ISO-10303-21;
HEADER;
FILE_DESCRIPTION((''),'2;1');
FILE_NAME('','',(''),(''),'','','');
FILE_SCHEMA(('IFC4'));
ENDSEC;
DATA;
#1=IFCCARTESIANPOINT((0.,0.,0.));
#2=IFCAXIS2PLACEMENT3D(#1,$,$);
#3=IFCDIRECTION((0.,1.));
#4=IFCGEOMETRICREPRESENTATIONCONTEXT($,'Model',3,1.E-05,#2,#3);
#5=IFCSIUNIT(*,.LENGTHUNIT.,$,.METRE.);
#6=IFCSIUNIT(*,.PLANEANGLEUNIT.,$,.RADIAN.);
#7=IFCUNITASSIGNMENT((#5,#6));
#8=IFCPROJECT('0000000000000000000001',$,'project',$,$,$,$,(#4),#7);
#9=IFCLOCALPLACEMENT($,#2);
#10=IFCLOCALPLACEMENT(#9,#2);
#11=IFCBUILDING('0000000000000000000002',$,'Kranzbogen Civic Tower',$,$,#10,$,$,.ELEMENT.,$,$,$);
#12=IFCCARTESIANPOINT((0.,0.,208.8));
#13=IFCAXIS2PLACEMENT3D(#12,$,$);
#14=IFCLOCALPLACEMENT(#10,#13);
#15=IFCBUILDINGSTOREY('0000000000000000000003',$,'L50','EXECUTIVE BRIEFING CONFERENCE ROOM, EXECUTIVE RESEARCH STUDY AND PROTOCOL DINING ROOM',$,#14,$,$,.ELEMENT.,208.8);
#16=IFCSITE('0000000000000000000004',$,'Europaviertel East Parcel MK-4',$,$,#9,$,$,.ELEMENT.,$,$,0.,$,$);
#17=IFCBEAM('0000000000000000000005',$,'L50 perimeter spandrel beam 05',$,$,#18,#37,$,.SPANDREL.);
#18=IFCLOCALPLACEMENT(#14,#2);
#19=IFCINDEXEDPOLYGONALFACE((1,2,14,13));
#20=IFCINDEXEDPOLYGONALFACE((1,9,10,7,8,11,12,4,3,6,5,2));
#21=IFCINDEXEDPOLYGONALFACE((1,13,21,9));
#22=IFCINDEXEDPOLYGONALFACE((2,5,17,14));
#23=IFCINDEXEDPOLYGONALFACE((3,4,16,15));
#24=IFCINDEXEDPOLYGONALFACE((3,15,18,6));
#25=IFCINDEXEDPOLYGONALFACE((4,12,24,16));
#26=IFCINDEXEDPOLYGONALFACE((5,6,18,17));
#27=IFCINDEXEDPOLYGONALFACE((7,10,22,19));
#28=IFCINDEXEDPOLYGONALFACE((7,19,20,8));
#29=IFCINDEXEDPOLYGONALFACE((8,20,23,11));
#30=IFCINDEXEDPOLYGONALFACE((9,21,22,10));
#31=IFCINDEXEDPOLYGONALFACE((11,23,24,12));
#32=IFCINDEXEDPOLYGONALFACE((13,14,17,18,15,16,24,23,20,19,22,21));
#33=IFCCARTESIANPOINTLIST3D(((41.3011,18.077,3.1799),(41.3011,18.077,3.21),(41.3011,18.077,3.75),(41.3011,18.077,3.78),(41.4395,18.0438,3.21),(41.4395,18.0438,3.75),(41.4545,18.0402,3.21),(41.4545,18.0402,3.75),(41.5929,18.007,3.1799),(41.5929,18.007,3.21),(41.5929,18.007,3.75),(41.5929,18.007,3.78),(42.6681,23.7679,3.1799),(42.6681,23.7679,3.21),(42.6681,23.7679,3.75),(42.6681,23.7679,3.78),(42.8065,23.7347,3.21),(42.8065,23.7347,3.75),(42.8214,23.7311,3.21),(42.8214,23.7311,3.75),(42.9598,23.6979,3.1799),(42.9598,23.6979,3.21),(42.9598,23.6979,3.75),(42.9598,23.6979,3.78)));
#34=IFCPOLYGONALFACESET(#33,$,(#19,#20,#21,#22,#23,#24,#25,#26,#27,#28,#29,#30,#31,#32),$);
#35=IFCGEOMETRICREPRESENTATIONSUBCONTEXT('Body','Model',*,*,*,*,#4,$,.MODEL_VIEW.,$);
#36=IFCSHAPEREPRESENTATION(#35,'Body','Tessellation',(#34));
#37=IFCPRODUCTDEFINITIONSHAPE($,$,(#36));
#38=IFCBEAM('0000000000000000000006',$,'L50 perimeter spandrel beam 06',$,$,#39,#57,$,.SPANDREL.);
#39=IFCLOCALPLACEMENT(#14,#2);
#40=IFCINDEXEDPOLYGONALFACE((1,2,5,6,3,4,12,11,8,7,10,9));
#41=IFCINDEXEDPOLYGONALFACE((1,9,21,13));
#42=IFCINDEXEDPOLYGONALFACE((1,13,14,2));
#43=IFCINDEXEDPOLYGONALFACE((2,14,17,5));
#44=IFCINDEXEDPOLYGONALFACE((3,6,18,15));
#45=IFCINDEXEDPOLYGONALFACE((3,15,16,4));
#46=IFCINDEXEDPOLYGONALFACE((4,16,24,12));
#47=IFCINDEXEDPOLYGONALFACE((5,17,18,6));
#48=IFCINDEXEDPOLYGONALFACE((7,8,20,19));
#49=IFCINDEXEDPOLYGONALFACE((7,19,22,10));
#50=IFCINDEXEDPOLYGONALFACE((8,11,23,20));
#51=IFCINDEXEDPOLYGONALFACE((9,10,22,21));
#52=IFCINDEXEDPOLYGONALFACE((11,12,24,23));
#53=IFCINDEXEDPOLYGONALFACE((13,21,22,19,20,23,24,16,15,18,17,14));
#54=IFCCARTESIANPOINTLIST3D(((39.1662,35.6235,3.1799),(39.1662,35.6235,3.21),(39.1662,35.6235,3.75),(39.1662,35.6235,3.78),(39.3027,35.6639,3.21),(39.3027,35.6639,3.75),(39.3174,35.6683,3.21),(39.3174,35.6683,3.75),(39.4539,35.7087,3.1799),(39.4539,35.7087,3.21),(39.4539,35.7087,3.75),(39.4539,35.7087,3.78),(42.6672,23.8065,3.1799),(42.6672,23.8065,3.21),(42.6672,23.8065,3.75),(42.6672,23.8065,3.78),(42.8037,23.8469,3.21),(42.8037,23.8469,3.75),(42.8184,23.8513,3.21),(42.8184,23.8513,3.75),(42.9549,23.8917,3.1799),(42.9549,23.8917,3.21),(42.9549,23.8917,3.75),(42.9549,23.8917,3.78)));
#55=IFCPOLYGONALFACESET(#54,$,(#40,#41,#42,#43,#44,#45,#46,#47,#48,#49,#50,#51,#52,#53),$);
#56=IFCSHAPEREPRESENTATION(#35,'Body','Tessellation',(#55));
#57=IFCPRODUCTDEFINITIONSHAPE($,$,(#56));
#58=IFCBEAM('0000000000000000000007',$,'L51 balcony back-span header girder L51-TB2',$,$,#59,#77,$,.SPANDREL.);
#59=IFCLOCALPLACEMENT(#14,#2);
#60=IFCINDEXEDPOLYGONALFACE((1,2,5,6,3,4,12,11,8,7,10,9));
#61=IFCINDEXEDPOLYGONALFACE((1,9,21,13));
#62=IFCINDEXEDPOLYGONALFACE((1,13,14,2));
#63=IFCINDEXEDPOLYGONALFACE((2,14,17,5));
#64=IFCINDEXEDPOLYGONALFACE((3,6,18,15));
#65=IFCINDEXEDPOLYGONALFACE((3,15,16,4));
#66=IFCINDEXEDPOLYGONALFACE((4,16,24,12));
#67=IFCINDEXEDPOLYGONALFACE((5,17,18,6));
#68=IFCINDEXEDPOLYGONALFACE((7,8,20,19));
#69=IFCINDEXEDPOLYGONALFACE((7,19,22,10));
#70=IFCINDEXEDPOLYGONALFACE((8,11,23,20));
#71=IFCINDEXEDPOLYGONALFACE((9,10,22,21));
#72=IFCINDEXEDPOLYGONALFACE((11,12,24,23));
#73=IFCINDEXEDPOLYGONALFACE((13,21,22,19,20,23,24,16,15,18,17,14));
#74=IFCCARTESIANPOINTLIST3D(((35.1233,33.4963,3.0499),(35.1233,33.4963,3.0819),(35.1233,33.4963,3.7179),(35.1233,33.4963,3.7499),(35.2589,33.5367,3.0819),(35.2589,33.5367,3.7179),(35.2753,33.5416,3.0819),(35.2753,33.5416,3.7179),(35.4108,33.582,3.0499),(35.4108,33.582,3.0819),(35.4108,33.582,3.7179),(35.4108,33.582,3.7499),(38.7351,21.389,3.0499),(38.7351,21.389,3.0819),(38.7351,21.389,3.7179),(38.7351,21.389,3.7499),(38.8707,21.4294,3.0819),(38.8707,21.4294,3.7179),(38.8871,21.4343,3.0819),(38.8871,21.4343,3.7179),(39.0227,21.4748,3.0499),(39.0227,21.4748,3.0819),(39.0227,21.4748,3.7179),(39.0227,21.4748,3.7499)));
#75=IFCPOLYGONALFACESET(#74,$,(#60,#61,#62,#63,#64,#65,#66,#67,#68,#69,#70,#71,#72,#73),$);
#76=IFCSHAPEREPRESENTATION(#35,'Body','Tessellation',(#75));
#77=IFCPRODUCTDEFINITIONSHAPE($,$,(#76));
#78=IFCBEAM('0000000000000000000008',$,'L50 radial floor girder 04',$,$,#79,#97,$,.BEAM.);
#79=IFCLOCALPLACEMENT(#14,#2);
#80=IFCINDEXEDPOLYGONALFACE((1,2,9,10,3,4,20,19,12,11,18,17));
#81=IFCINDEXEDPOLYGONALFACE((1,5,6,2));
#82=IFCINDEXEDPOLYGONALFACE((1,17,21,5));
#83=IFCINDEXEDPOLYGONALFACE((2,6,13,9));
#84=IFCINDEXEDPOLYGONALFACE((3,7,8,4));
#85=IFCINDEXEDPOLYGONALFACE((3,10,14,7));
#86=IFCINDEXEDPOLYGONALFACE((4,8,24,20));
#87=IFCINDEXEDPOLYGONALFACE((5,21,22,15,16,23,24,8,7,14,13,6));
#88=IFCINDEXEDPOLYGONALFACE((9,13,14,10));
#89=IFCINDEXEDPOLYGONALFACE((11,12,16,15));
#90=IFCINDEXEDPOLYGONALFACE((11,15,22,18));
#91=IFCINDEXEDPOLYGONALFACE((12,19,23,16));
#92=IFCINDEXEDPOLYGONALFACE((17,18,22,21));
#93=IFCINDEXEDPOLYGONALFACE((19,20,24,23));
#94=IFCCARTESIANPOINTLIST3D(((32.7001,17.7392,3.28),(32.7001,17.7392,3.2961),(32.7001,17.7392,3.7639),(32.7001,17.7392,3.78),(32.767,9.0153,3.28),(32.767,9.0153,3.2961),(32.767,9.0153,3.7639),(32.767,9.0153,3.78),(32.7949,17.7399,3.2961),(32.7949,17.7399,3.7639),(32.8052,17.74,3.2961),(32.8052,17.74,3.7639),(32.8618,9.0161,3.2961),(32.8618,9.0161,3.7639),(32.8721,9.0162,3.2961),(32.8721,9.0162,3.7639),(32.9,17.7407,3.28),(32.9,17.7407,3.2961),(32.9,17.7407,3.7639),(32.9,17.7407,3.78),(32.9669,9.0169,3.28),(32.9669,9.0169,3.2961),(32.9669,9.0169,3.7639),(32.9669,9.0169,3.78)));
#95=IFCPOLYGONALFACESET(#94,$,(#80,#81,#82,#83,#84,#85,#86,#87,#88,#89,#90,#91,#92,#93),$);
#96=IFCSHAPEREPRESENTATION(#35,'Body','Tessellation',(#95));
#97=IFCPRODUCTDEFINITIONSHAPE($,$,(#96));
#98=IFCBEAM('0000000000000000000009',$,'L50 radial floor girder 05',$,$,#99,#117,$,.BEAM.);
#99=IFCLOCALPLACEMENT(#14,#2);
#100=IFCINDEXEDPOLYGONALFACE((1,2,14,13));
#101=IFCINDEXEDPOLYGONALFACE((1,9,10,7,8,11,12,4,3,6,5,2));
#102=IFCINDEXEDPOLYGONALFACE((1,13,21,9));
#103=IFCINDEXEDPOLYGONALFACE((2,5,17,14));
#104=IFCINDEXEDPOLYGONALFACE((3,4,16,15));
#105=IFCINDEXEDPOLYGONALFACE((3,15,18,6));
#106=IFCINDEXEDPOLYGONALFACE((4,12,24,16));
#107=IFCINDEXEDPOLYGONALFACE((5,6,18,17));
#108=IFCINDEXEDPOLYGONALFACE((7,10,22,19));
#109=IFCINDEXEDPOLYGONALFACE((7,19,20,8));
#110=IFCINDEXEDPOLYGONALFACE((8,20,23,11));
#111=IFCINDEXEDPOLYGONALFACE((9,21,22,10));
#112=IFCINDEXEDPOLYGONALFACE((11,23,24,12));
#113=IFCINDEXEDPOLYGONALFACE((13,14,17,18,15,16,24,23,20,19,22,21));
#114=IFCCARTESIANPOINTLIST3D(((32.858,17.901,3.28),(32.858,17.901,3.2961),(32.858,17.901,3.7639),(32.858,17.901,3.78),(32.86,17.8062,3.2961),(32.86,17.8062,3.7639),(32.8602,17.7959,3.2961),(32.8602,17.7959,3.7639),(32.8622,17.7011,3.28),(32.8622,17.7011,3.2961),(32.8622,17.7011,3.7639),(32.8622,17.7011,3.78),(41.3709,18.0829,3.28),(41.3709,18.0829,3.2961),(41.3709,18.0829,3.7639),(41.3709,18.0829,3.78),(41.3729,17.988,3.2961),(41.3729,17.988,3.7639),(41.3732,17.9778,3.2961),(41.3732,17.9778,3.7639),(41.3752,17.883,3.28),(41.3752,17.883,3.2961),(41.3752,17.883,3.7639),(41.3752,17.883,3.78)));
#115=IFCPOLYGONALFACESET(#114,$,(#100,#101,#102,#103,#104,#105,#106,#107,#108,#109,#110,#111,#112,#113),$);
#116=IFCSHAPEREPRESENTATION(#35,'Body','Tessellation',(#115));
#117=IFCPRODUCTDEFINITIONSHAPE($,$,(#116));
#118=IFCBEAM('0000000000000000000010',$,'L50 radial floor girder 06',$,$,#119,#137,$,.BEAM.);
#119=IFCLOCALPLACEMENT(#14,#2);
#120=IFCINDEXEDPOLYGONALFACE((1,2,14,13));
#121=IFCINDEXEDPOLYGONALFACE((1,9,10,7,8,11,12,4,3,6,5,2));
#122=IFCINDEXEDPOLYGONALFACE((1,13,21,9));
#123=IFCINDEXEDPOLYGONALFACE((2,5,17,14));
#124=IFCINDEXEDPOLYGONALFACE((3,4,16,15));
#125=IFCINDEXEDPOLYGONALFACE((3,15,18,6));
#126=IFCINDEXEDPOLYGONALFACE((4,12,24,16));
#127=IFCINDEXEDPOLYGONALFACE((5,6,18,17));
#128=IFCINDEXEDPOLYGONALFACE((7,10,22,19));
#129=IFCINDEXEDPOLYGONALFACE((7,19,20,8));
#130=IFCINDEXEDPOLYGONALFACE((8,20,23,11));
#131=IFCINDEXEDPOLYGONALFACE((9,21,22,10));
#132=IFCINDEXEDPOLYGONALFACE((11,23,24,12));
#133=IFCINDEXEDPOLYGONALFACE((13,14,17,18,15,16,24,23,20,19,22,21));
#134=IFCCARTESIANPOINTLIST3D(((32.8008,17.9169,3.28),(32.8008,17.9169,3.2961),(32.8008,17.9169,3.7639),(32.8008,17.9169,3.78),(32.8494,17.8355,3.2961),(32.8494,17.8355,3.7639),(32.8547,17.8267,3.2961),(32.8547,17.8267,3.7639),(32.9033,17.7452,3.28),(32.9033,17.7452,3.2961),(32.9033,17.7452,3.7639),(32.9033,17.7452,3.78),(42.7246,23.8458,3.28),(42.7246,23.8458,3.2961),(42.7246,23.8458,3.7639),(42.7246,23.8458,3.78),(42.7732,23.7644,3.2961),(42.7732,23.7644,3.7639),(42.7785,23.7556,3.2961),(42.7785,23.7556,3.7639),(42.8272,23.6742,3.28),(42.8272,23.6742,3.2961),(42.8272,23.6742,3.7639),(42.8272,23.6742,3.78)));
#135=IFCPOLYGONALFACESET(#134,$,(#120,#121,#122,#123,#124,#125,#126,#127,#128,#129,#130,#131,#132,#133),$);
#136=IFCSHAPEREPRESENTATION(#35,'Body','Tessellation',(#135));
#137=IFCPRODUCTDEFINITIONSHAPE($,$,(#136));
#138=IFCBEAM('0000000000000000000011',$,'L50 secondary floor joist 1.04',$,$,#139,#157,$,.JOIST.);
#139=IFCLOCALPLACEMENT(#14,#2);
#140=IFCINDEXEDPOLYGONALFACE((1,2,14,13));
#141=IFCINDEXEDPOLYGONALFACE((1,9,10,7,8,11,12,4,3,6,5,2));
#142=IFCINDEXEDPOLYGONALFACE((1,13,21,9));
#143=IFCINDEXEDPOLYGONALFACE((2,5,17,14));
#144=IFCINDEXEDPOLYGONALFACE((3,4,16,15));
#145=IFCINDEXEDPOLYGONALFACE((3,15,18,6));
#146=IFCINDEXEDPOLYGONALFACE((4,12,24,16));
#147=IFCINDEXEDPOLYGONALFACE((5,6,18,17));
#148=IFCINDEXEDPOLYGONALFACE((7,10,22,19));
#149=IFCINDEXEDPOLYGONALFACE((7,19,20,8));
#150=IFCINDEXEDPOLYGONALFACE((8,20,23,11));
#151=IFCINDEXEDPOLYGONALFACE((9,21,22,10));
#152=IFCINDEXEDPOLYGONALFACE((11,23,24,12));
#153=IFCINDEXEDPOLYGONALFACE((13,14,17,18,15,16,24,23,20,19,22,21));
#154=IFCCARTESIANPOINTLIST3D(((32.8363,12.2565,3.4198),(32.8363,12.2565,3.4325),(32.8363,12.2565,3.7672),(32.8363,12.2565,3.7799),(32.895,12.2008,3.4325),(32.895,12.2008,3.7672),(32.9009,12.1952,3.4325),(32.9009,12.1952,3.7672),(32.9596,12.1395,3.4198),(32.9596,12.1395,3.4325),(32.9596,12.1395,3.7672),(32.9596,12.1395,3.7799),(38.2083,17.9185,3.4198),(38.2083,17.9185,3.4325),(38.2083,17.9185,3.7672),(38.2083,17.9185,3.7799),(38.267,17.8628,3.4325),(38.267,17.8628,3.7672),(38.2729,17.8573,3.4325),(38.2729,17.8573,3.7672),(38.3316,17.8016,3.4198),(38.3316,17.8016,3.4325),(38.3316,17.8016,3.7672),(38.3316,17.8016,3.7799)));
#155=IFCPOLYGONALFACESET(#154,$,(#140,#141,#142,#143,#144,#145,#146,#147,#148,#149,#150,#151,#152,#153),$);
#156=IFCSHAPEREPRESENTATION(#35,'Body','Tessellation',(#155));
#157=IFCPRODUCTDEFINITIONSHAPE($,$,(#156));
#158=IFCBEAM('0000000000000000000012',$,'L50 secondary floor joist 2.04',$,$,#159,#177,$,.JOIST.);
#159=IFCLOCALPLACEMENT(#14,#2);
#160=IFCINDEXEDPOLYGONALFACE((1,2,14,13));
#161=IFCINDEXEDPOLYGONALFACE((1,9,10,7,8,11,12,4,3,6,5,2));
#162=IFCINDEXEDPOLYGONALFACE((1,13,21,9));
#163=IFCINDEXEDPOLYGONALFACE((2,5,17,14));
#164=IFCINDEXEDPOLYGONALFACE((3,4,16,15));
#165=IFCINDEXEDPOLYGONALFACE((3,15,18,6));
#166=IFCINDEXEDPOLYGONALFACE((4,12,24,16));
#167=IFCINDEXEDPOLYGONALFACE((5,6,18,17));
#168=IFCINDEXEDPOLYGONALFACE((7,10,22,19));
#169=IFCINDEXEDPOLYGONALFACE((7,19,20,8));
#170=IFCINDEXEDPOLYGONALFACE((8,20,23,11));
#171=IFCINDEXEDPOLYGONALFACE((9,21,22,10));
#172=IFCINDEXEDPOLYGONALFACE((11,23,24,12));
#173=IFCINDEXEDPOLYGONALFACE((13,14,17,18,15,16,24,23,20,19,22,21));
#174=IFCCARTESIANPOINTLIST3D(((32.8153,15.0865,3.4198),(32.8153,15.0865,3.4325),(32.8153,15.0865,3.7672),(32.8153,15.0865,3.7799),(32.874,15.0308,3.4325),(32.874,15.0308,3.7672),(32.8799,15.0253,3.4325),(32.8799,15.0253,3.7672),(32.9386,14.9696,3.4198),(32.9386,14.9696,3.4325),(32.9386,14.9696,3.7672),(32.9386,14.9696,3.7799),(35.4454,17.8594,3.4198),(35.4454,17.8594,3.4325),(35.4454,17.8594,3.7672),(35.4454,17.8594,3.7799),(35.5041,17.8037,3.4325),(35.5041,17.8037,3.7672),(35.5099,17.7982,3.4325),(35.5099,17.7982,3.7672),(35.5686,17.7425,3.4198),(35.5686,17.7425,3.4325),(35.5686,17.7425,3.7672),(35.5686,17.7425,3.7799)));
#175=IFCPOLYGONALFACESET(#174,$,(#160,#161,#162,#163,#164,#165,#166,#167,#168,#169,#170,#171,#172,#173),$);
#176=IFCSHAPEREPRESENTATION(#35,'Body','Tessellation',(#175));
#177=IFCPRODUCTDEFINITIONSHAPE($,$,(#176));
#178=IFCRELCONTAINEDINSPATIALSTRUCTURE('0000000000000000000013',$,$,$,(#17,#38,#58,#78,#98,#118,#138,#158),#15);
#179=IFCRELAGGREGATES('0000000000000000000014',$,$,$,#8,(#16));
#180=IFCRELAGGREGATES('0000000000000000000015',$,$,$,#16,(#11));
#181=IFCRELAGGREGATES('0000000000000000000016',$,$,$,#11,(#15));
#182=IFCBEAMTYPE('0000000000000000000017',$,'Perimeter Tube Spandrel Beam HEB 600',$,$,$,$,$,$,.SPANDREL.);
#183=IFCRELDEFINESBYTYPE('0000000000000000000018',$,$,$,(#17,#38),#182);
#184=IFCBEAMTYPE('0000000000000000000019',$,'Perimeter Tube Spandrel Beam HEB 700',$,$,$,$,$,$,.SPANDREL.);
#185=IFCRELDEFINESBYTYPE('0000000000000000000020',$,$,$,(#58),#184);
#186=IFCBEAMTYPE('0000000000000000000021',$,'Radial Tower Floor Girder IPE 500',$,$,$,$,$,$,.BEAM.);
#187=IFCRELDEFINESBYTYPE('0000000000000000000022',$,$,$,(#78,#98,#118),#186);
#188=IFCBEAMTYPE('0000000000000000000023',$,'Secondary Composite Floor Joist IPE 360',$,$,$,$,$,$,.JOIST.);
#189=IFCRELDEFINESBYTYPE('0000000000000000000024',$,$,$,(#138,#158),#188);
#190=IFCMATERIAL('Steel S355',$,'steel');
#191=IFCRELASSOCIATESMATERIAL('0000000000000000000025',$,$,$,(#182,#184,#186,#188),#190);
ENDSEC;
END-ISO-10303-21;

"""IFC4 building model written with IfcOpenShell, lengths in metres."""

from ifc_helpers import new_model, si_unit, direction, frame, origin, origin_2d, place, context, subcontext, project, spatial, i_section, extrude, material, material_profile, profile_set, type_object, element, save


model = new_model("IFC4")

# Units and contexts
model_context = context("Model", 3, precision=1e-05, world=origin(), true_north=direction((0.0, 1.0)))
body_context = subcontext(model_context, "Body", "Model", "MODEL_VIEW")
ifc_project = project(units=[si_unit("LENGTHUNIT", "METRE"), si_unit("PLANEANGLEUNIT", "RADIAN")], contexts=[model_context])

# Site, building, storey
site_placement = place(None, origin())
site = spatial("IfcSite", under=ifc_project, at=site_placement, Name="Europaviertel East Parcel MK-4", CompositionType="ELEMENT", RefElevation=0.0)
building_placement = place(site_placement, origin())
building = spatial("IfcBuilding", under=site, at=building_placement, Name="Kranzbogen Civic Tower", CompositionType="ELEMENT")
storey_placement = place(building_placement, frame((0.0, 0.0, 208.8)))
storey = spatial("IfcBuildingStorey", under=building, at=storey_placement, Name="L50", Description="EXECUTIVE BRIEFING CONFERENCE ROOM, EXECUTIVE RESEARCH STUDY AND PROTOCOL DINING ROOM", CompositionType="ELEMENT", Elevation=208.8)

# Shared definitions
ifc_material_1 = material(Name="Steel S355", Category="steel")

# Beams
ifc_material_profile_1 = material_profile(ifc_material_1, i_section(OverallWidth=0.3, OverallDepth=0.6001, WebThickness=0.0154, FlangeThickness=0.03, at=origin_2d()), Name="HEB 600")
ifc_profile_set_1 = profile_set([ifc_material_profile_1], Name="Steel S355")
beam_type_1 = type_object("IfcBeamType", Name="Perimeter Tube Spandrel Beam HEB 600", PredefinedType="SPANDREL", material=ifc_profile_set_1)
beam_1_placement = place(storey_placement, frame((41.447, 18.042, 3.48), z_axis=(0.233554, 0.972344, 0.0), x_axis=(-0.972344, 0.233554, 0.0)))
element("IfcBeam", 1, at=beam_1_placement, inside=storey, type_object=beam_type_1, Name="L50 perimeter spandrel beam 05", PredefinedType="SPANDREL", context=body_context, shape_type="SweptSolid", body=[
    extrude(i_section(OverallWidth=0.3, OverallDepth=0.6001, WebThickness=0.0154, FlangeThickness=0.03, at=origin_2d()), origin(), (0.0, 0.0, 1.0), 5.8528),
])
beam_2_placement = place(storey_placement, frame((42.811, 23.8491, 3.48), z_axis=(-0.284064, 0.958805, 0.0), x_axis=(-0.958805, -0.284064, 0.0)))
element("IfcBeam", 2, at=beam_2_placement, inside=storey, type_object=beam_type_1, Name="L50 perimeter spandrel beam 06", PredefinedType="SPANDREL", context=body_context, shape_type="SweptSolid", body=[
    extrude(i_section(OverallWidth=0.3, OverallDepth=0.6001, WebThickness=0.0154, FlangeThickness=0.03, at=origin_2d()), origin(), (0.0, 0.0, 1.0), 12.3247),
])
ifc_material_profile_2 = material_profile(ifc_material_1, i_section(OverallWidth=0.3, OverallDepth=0.7, WebThickness=0.0171, FlangeThickness=0.032, at=origin_2d()), Name="HEB 700")
ifc_profile_set_2 = profile_set([ifc_material_profile_2], Name="Steel S355")
beam_type_2 = type_object("IfcBeamType", Name="Perimeter Tube Spandrel Beam HEB 700", PredefinedType="SPANDREL", material=ifc_profile_set_2)
beam_3_placement = place(storey_placement, frame((38.8789, 21.4319, 3.3999), z_axis=(-0.285871, 0.958268, 0.0), x_axis=(-0.958268, -0.285871, 0.0)))
element("IfcBeam", 3, at=beam_3_placement, inside=storey, type_object=beam_type_2, Name="L51 balcony back-span header girder L51-TB2", PredefinedType="SPANDREL", context=body_context, shape_type="SweptSolid", body=[
    extrude(i_section(OverallWidth=0.3, OverallDepth=0.7, WebThickness=0.0171, FlangeThickness=0.032, at=origin_2d()), origin(), (0.0, 0.0, 1.0), 12.6345),
])
ifc_material_profile_3 = material_profile(ifc_material_1, i_section(OverallWidth=0.2, OverallDepth=0.5, WebThickness=0.0103, FlangeThickness=0.0161, at=origin_2d()), Name="IPE 500")
ifc_profile_set_3 = profile_set([ifc_material_profile_3], Name="Steel S355")
beam_type_3 = type_object("IfcBeamType", Name="Radial Tower Floor Girder IPE 500", PredefinedType="BEAM", material=ifc_profile_set_3)
beam_4_placement = place(storey_placement, frame((32.8669, 9.0161, 3.53), z_axis=(-0.007668, 0.999971, 0.0), x_axis=(-0.999971, -0.007668, 0.0)))
element("IfcBeam", 4, at=beam_4_placement, inside=storey, type_object=beam_type_3, Name="L50 radial floor girder 04", PredefinedType="BEAM", context=body_context, shape_type="SweptSolid", body=[
    extrude(i_section(OverallWidth=0.2, OverallDepth=0.5, WebThickness=0.0103, FlangeThickness=0.0161, at=origin_2d()), origin(), (0.0, 0.0, 1.0), 8.7241),
])
beam_5_placement = place(storey_placement, frame((41.373, 17.9829, 3.53), z_axis=(-0.999772, -0.021361, 0.0), x_axis=(0.021361, -0.999772, 0.0)))
element("IfcBeam", 5, at=beam_5_placement, inside=storey, type_object=beam_type_3, Name="L50 radial floor girder 05", PredefinedType="BEAM", context=body_context, shape_type="SweptSolid", body=[
    extrude(i_section(OverallWidth=0.2, OverallDepth=0.5, WebThickness=0.0103, FlangeThickness=0.0161, at=origin_2d()), origin(), (0.0, 0.0, 1.0), 8.5149),
])
beam_6_placement = place(storey_placement, frame((42.7759, 23.76, 3.53), z_axis=(-0.858459, -0.512883, 0.0), x_axis=(0.512883, -0.858459, 0.0)))
element("IfcBeam", 6, at=beam_6_placement, inside=storey, type_object=beam_type_3, Name="L50 radial floor girder 06", PredefinedType="BEAM", context=body_context, shape_type="SweptSolid", body=[
    extrude(i_section(OverallWidth=0.2, OverallDepth=0.5, WebThickness=0.0103, FlangeThickness=0.0161, at=origin_2d()), origin(), (0.0, 0.0, 1.0), 11.5601),
])
ifc_material_profile_4 = material_profile(ifc_material_1, i_section(OverallWidth=0.1699, OverallDepth=0.3601, WebThickness=0.0081, FlangeThickness=0.0127, at=origin_2d()), Name="IPE 360")
ifc_profile_set_4 = profile_set([ifc_material_profile_4], Name="Steel S355")
beam_type_4 = type_object("IfcBeamType", Name="Secondary Composite Floor Joist IPE 360", PredefinedType="JOIST", material=ifc_profile_set_4)
beam_7_placement = place(storey_placement, frame((32.8979, 12.198, 3.5999), z_axis=(0.688282, 0.725443, 0.0), x_axis=(-0.725443, 0.688282, 0.0)))
element("IfcBeam", 7, at=beam_7_placement, inside=storey, type_object=beam_type_4, Name="L50 secondary floor joist 1.04", PredefinedType="JOIST", context=body_context, shape_type="SweptSolid", body=[
    extrude(i_section(OverallWidth=0.1699, OverallDepth=0.3601, WebThickness=0.0081, FlangeThickness=0.0127, at=origin_2d()), origin(), (0.0, 0.0, 1.0), 7.8049),
])
beam_8_placement = place(storey_placement, frame((32.877, 15.0281, 3.5999), z_axis=(0.688175, 0.725545, 0.0), x_axis=(-0.725545, 0.688175, 0.0)))
element("IfcBeam", 8, at=beam_8_placement, inside=storey, type_object=beam_type_4, Name="L50 secondary floor joist 2.04", PredefinedType="JOIST", context=body_context, shape_type="SweptSolid", body=[
    extrude(i_section(OverallWidth=0.1699, OverallDepth=0.3601, WebThickness=0.0081, FlangeThickness=0.0127, at=origin_2d()), origin(), (0.0, 0.0, 1.0), 3.8218),
])

save(model, "model.ifc")
